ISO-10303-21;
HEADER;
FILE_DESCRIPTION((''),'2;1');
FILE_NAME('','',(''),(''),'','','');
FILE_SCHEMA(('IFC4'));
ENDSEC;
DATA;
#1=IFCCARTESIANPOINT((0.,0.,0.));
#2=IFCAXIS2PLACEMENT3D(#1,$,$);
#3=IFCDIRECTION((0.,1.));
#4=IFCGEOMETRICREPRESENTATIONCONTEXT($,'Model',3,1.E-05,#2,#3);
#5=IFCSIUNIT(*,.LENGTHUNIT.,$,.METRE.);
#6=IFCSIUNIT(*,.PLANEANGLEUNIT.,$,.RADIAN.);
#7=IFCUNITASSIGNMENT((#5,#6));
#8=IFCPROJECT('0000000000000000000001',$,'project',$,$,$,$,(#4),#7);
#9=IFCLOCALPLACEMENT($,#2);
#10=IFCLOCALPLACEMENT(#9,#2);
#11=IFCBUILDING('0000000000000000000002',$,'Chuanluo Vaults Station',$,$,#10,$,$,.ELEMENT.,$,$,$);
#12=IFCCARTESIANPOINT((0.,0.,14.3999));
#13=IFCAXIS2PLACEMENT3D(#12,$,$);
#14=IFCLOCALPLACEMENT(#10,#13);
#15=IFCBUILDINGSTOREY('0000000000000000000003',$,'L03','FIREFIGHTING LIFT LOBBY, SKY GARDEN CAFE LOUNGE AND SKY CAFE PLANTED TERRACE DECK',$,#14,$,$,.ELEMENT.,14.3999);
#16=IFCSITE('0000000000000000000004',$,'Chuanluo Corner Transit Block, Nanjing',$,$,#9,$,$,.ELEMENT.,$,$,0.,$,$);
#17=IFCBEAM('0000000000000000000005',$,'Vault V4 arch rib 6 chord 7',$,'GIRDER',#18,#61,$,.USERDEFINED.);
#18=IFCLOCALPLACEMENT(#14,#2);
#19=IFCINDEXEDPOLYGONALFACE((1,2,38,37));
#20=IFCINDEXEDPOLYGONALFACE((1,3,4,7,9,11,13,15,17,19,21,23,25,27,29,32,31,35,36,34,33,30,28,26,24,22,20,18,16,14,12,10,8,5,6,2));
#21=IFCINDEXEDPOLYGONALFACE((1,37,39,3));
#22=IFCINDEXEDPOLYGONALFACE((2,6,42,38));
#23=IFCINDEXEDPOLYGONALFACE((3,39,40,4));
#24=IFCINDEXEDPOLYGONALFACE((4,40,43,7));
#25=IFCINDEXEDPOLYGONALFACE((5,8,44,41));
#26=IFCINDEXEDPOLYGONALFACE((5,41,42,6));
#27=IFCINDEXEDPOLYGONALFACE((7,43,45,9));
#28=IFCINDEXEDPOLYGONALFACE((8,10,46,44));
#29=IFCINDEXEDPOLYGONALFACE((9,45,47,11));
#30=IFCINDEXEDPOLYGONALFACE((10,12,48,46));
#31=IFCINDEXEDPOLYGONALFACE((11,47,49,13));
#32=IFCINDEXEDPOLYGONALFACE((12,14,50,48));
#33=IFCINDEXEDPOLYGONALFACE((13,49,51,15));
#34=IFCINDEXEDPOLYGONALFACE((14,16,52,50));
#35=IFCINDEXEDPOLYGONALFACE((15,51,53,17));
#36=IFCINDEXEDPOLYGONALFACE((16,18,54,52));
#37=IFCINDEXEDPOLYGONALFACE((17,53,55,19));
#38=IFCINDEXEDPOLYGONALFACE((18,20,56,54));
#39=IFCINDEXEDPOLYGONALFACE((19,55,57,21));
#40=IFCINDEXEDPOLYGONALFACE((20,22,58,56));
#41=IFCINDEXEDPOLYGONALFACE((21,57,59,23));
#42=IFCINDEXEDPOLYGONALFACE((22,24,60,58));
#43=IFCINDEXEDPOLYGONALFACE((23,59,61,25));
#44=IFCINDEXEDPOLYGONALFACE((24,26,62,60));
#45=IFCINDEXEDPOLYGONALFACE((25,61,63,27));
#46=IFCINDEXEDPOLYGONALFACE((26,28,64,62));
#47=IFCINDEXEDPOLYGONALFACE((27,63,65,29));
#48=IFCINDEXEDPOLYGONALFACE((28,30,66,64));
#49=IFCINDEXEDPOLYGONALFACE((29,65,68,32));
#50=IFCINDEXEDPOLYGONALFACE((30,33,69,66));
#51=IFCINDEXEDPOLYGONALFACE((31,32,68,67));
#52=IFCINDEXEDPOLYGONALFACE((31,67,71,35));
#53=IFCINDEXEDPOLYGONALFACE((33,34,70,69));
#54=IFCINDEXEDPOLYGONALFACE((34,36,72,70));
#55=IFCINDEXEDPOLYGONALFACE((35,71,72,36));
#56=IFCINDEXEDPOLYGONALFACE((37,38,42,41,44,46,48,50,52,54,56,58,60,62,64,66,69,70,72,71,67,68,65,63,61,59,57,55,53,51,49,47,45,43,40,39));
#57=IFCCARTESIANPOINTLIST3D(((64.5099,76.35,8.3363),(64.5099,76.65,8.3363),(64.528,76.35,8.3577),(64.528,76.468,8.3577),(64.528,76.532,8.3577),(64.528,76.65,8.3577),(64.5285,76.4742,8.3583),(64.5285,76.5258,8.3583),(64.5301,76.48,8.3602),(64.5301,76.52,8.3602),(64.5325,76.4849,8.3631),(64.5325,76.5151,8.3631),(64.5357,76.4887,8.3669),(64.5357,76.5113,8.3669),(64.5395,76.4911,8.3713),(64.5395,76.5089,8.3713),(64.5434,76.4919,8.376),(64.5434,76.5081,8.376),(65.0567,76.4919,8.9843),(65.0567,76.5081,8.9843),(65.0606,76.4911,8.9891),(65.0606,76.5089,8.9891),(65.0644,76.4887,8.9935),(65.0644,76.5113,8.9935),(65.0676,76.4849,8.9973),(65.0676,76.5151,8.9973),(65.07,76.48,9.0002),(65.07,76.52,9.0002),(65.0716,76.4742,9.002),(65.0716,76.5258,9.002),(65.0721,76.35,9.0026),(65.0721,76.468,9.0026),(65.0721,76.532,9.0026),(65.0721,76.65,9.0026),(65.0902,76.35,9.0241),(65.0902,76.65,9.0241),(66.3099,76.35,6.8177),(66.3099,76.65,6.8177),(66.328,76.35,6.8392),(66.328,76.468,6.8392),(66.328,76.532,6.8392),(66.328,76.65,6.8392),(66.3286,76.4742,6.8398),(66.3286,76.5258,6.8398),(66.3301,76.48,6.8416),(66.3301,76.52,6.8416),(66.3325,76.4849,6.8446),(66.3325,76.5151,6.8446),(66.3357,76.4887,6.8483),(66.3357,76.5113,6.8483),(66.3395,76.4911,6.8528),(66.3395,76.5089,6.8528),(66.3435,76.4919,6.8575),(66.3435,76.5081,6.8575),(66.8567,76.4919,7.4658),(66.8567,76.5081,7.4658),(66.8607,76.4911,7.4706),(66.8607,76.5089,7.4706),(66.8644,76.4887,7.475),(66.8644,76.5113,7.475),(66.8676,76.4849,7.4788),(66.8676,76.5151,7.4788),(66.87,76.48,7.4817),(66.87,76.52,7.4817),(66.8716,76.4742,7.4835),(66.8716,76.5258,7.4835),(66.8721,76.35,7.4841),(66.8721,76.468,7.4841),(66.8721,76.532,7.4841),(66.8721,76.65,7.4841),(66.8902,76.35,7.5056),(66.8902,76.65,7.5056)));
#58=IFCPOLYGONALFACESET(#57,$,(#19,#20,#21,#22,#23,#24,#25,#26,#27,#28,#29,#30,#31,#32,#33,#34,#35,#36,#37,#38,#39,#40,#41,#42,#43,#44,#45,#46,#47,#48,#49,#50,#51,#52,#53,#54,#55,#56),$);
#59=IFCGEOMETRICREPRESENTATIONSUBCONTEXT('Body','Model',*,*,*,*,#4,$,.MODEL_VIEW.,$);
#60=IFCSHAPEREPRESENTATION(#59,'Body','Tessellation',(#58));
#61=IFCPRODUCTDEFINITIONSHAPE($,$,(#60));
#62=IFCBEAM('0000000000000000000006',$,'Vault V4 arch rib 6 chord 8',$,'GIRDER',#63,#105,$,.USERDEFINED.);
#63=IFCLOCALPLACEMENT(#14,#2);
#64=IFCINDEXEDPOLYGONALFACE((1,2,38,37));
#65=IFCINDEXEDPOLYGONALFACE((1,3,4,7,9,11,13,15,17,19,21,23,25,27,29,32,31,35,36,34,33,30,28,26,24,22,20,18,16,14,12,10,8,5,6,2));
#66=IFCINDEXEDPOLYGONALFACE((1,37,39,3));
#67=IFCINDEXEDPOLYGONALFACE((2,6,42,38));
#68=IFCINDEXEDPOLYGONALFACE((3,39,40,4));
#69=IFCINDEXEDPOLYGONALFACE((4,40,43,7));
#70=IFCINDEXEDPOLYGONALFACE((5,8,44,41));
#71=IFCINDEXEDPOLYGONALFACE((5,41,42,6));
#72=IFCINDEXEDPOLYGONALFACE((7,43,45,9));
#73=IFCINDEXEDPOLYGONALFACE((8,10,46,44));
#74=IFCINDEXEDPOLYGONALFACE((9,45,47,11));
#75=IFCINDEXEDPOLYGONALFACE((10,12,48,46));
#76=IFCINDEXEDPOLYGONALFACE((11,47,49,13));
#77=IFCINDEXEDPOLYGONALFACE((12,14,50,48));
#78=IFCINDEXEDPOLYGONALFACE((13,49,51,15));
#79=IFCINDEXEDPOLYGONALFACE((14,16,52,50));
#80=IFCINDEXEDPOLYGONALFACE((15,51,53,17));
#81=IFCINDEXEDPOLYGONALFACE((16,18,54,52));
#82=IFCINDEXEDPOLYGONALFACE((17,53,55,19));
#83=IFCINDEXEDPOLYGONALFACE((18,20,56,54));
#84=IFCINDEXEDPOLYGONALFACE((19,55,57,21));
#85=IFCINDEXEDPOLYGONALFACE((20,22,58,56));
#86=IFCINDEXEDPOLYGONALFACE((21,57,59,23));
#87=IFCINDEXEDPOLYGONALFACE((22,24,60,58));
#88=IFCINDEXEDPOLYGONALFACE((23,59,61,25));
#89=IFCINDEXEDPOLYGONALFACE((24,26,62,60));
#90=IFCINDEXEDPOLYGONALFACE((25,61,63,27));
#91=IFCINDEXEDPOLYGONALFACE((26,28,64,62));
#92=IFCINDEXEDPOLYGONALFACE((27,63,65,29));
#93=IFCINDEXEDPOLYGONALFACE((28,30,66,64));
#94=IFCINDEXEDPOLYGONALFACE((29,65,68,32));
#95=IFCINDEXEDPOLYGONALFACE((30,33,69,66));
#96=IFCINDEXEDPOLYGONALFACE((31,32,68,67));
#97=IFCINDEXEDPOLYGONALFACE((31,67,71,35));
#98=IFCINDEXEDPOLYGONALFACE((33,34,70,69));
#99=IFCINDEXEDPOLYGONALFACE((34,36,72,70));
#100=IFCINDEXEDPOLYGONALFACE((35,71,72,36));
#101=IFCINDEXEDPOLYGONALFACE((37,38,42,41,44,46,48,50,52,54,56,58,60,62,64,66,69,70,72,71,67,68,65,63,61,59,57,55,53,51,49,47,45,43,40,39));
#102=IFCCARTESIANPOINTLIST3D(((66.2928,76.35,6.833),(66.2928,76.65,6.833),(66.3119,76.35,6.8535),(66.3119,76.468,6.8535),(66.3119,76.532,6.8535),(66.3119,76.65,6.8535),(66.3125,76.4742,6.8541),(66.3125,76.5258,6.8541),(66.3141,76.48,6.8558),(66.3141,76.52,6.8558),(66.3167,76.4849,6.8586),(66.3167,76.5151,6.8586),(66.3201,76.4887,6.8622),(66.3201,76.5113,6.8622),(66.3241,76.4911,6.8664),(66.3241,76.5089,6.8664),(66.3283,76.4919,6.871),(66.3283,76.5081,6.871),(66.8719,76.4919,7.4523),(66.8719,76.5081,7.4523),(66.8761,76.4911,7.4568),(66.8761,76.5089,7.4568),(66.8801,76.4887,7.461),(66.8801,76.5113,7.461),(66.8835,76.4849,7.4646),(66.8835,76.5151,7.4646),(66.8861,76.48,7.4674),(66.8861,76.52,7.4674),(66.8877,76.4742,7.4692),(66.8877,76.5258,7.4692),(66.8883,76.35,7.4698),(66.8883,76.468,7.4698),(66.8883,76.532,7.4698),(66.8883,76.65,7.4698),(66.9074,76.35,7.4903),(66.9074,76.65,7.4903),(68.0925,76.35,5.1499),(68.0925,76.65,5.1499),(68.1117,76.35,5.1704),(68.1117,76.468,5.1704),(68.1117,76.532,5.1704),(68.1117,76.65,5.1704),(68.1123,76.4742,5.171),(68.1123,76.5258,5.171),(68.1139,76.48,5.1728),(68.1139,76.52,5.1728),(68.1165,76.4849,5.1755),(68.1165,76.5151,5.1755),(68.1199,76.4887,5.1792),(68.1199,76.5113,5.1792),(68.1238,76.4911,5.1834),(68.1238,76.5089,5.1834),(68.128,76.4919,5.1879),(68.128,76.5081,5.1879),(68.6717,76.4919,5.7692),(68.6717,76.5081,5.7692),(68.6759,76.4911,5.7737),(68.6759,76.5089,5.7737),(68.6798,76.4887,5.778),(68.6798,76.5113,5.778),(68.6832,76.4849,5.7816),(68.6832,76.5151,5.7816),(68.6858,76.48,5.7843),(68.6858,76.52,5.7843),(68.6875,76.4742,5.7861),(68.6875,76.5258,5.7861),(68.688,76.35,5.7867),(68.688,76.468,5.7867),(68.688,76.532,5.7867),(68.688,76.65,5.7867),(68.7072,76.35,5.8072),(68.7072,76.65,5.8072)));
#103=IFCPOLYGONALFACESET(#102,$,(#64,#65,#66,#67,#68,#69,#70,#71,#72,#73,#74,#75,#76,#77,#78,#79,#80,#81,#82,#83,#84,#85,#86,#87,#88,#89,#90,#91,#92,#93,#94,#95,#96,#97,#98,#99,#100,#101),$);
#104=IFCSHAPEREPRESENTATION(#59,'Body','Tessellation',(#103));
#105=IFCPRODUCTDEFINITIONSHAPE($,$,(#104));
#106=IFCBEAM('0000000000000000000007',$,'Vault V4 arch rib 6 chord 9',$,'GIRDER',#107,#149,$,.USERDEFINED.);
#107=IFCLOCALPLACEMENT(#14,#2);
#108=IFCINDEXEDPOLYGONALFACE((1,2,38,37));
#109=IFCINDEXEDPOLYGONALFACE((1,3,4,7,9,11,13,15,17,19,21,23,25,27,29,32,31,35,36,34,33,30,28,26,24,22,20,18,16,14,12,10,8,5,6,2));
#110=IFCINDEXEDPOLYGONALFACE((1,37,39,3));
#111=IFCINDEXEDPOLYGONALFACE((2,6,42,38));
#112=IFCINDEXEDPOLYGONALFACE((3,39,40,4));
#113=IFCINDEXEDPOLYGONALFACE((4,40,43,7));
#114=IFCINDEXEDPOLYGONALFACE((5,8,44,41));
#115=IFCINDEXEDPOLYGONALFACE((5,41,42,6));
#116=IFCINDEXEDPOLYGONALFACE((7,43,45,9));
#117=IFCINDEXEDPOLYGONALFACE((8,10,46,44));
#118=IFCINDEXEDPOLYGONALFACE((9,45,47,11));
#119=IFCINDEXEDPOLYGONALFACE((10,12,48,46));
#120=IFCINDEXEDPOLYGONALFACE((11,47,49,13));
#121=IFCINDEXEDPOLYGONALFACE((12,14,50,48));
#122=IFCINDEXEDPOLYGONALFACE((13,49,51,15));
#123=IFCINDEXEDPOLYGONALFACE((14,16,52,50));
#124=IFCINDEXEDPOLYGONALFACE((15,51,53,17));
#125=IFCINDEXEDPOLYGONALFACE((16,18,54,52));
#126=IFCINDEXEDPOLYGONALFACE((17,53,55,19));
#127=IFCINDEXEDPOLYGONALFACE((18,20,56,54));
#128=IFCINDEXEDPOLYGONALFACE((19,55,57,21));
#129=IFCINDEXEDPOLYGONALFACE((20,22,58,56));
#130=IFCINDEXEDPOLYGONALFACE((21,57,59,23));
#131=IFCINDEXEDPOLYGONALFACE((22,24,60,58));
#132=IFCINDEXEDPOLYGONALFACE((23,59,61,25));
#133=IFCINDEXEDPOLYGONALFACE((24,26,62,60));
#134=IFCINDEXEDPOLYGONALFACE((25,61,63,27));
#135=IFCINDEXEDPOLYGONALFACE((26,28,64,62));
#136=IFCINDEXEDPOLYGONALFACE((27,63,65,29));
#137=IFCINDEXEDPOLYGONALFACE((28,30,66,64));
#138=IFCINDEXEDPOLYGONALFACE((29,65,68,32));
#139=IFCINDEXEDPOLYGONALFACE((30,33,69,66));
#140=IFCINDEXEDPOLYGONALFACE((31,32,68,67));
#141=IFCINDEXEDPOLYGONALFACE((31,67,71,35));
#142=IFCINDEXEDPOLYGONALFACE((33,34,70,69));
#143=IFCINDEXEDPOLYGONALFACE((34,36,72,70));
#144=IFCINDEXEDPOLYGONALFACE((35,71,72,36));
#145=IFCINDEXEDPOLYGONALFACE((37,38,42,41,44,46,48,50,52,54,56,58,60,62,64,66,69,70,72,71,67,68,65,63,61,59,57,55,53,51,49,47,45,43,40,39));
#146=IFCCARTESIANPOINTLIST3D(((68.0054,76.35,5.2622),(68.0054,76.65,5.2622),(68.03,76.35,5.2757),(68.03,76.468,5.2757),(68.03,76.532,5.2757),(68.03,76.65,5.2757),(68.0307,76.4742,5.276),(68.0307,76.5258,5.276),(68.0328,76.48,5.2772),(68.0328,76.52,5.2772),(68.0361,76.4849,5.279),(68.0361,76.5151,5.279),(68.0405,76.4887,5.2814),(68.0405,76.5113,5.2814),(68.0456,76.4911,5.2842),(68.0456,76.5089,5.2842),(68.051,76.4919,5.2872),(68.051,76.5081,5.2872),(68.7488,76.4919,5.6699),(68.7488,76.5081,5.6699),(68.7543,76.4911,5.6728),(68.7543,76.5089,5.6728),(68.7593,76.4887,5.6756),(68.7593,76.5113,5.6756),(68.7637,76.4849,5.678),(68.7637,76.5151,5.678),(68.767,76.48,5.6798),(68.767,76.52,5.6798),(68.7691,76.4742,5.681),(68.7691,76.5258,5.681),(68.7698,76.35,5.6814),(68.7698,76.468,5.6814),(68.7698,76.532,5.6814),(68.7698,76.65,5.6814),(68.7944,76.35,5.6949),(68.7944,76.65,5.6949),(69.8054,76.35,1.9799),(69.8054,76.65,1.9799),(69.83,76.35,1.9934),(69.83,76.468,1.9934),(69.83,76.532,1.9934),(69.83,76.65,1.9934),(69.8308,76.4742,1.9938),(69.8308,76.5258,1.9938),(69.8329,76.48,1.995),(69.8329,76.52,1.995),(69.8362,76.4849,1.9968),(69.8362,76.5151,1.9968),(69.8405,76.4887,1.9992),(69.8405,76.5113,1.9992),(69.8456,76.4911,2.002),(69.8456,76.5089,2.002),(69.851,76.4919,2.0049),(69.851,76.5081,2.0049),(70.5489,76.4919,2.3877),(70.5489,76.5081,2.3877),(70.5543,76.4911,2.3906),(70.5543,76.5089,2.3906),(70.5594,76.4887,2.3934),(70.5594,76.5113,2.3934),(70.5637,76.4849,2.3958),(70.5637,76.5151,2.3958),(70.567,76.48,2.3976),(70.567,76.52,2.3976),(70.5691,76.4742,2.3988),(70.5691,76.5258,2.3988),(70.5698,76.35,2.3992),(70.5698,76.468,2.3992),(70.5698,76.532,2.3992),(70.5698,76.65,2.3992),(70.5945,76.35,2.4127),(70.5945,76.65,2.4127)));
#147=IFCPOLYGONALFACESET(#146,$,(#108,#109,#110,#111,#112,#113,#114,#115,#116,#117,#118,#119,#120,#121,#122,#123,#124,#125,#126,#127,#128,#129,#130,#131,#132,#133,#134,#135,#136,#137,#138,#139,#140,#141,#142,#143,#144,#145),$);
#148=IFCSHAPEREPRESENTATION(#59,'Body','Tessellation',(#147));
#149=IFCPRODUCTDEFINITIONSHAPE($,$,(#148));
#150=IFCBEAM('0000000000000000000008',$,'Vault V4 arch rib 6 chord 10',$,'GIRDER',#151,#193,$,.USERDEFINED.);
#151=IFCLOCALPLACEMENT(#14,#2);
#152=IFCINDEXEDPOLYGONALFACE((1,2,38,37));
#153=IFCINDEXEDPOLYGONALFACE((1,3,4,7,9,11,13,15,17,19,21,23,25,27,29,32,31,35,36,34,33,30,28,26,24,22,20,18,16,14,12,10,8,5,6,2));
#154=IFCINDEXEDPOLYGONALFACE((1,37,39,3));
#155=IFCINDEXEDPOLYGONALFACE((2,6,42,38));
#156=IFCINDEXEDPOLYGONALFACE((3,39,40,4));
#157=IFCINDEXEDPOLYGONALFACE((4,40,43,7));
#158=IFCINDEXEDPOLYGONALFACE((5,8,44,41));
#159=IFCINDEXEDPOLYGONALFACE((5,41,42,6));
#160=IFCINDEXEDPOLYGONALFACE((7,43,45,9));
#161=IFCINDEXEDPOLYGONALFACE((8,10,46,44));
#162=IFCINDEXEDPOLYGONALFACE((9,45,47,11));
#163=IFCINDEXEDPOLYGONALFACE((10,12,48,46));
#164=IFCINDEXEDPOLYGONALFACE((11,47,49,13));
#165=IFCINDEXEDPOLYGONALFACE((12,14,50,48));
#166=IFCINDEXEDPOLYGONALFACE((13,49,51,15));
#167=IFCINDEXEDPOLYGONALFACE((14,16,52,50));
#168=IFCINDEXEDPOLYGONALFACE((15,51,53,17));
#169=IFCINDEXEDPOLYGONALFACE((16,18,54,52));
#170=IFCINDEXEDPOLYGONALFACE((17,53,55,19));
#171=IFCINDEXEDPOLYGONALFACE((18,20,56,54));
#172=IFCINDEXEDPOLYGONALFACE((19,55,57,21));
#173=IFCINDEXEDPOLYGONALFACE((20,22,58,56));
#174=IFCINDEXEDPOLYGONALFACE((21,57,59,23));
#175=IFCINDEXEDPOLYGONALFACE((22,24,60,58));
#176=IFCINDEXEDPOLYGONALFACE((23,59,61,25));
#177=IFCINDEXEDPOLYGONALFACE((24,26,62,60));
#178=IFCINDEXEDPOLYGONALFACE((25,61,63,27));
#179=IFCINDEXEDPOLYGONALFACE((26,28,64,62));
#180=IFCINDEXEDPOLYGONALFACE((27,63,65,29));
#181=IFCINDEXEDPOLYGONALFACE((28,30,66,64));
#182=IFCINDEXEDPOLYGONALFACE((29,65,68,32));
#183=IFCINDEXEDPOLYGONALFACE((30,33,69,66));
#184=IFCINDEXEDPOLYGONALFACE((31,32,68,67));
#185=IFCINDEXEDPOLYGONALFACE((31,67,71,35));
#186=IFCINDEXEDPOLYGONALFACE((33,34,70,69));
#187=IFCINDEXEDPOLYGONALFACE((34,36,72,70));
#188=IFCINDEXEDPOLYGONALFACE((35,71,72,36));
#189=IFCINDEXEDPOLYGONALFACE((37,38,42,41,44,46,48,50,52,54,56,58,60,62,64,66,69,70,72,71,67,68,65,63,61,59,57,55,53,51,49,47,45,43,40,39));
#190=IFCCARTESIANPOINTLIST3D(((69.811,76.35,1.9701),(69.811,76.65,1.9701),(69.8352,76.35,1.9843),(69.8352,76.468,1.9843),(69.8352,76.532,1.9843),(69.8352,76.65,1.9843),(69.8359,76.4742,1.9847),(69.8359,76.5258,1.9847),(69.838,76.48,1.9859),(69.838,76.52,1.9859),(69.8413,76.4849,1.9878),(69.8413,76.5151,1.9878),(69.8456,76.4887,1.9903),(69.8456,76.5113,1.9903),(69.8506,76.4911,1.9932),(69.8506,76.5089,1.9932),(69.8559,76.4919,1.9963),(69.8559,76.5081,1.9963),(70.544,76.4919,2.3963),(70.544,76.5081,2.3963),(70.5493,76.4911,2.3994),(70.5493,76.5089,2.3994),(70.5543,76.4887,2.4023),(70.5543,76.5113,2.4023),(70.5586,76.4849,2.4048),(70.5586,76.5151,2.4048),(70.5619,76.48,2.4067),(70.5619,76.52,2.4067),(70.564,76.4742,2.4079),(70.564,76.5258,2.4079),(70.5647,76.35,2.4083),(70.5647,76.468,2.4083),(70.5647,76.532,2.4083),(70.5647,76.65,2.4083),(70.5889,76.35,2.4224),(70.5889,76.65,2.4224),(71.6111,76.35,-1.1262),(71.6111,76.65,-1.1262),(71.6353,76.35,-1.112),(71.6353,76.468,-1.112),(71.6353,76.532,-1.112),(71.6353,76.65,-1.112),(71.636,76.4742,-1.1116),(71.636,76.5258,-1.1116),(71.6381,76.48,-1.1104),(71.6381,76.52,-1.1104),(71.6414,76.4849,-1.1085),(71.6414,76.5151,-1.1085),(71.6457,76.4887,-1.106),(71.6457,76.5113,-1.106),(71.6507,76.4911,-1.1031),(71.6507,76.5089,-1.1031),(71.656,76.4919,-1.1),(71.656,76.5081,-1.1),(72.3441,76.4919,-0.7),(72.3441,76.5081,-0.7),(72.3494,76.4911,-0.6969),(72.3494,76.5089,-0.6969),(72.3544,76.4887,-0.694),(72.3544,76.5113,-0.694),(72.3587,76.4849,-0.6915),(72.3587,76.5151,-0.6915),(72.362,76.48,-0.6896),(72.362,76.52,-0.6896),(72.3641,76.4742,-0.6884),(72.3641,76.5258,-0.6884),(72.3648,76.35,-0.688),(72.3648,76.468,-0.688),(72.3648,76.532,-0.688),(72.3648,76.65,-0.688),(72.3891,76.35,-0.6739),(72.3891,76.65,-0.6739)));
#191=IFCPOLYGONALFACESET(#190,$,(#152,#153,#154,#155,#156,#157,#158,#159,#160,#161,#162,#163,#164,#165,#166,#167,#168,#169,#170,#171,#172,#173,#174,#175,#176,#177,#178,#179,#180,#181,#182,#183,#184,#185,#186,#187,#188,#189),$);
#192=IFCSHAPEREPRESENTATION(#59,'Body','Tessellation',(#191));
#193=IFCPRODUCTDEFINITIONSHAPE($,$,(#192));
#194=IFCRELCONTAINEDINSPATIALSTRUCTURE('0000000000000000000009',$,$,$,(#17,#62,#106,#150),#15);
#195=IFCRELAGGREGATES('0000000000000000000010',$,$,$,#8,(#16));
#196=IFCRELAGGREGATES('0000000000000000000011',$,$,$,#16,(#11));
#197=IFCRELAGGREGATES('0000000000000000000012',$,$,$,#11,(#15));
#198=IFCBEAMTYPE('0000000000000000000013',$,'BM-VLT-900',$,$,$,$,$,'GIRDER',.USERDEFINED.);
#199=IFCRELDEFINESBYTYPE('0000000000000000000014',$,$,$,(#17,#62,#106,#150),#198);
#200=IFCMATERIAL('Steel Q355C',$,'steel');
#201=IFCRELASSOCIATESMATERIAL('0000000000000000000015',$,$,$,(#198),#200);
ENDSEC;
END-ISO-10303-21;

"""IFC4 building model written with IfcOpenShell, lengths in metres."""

from ifc_helpers import new_model, si_unit, direction, frame, origin, origin_2d, place, context, subcontext, project, spatial, i_section, extrude, material, material_profile, profile_set, type_object, element, save


model = new_model("IFC4")

# Units and contexts
model_context = context("Model", 3, precision=1e-05, world=origin(), true_north=direction((0.0, 1.0)))
body_context = subcontext(model_context, "Body", "Model", "MODEL_VIEW")
ifc_project = project(units=[si_unit("LENGTHUNIT", "METRE"), si_unit("PLANEANGLEUNIT", "RADIAN")], contexts=[model_context])

# Site, building, storey
site_placement = place(None, origin())
site = spatial("IfcSite", under=ifc_project, at=site_placement, Name="Chuanluo Corner Transit Block, Nanjing", CompositionType="ELEMENT", RefElevation=0.0)
building_placement = place(site_placement, origin())
building = spatial("IfcBuilding", under=site, at=building_placement, Name="Chuanluo Vaults Station", CompositionType="ELEMENT")
storey_placement = place(building_placement, frame((0.0, 0.0, 14.3999)))
storey = spatial("IfcBuildingStorey", under=building, at=storey_placement, Name="L03", Description="FIREFIGHTING LIFT LOBBY, SKY GARDEN CAFE LOUNGE AND SKY CAFE PLANTED TERRACE DECK", CompositionType="ELEMENT", Elevation=14.3999)

# Beams
ifc_material_1 = material(Name="Steel Q355C", Category="steel")
ifc_material_profile_1 = material_profile(ifc_material_1, i_section(OverallWidth=0.3, OverallDepth=0.8999, WebThickness=0.0161, FlangeThickness=0.0281, FilletRadius=0.0239, at=origin_2d()))
ifc_profile_set_1 = profile_set([ifc_material_profile_1], Name="Steel Q355C")
beam_type = type_object("IfcBeamType", Name="BM-VLT-900", ElementType="GIRDER", PredefinedType="USERDEFINED", material=ifc_profile_set_1)
beam_1_placement = place(storey_placement, frame((64.8, 76.5, 8.6802), z_axis=(0.764341, 0.0, -0.644812), x_axis=(0.0, 1.0, 0.0)))
element("IfcBeam", 1, at=beam_1_placement, inside=storey, type_object=beam_type, Name="Vault V4 arch rib 6 chord 7", ObjectType="GIRDER", PredefinedType="USERDEFINED", context=body_context, shape_type="SweptSolid", body=[
    extrude(i_section(OverallWidth=0.3, OverallDepth=0.8999, WebThickness=0.0161, FlangeThickness=0.0281, FilletRadius=0.0239, at=origin_2d()), origin(), (0.0, 0.0, 1.0), 2.355),
])
beam_2_placement = place(storey_placement, frame((66.6001, 76.5, 7.1616), z_axis=(0.730389, 0.0, -0.683031), x_axis=(0.0, 1.0, 0.0)))
element("IfcBeam", 2, at=beam_2_placement, inside=storey, type_object=beam_type, Name="Vault V4 arch rib 6 chord 8", ObjectType="GIRDER", PredefinedType="USERDEFINED", context=body_context, shape_type="SweptSolid", body=[
    extrude(i_section(OverallWidth=0.3, OverallDepth=0.8999, WebThickness=0.0161, FlangeThickness=0.0281, FilletRadius=0.0239, at=origin_2d()), origin(), (0.0, 0.0, 1.0), 2.4641),
])
beam_3_placement = place(storey_placement, frame((68.3999, 76.5, 5.4785), z_axis=(0.480857, 0.0, -0.876799), x_axis=(0.0, 1.0, 0.0)))
element("IfcBeam", 3, at=beam_3_placement, inside=storey, type_object=beam_type, Name="Vault V4 arch rib 6 chord 9", ObjectType="GIRDER", PredefinedType="USERDEFINED", context=body_context, shape_type="SweptSolid", body=[
    extrude(i_section(OverallWidth=0.3, OverallDepth=0.8999, WebThickness=0.0161, FlangeThickness=0.0281, FilletRadius=0.0239, at=origin_2d()), origin(), (0.0, 0.0, 1.0), 3.7434),
])
beam_4_placement = place(storey_placement, frame((70.2, 76.5, 2.1963), z_axis=(0.502607, 0.0, -0.864515), x_axis=(0.0, 1.0, 0.0)))
element("IfcBeam", 4, at=beam_4_placement, inside=storey, type_object=beam_type, Name="Vault V4 arch rib 6 chord 10", ObjectType="GIRDER", PredefinedType="USERDEFINED", context=body_context, shape_type="SweptSolid", body=[
    extrude(i_section(OverallWidth=0.3, OverallDepth=0.8999, WebThickness=0.0161, FlangeThickness=0.0281, FilletRadius=0.0239, at=origin_2d()), origin(), (0.0, 0.0, 1.0), 3.5815),
])

save(model, "model.ifc")
